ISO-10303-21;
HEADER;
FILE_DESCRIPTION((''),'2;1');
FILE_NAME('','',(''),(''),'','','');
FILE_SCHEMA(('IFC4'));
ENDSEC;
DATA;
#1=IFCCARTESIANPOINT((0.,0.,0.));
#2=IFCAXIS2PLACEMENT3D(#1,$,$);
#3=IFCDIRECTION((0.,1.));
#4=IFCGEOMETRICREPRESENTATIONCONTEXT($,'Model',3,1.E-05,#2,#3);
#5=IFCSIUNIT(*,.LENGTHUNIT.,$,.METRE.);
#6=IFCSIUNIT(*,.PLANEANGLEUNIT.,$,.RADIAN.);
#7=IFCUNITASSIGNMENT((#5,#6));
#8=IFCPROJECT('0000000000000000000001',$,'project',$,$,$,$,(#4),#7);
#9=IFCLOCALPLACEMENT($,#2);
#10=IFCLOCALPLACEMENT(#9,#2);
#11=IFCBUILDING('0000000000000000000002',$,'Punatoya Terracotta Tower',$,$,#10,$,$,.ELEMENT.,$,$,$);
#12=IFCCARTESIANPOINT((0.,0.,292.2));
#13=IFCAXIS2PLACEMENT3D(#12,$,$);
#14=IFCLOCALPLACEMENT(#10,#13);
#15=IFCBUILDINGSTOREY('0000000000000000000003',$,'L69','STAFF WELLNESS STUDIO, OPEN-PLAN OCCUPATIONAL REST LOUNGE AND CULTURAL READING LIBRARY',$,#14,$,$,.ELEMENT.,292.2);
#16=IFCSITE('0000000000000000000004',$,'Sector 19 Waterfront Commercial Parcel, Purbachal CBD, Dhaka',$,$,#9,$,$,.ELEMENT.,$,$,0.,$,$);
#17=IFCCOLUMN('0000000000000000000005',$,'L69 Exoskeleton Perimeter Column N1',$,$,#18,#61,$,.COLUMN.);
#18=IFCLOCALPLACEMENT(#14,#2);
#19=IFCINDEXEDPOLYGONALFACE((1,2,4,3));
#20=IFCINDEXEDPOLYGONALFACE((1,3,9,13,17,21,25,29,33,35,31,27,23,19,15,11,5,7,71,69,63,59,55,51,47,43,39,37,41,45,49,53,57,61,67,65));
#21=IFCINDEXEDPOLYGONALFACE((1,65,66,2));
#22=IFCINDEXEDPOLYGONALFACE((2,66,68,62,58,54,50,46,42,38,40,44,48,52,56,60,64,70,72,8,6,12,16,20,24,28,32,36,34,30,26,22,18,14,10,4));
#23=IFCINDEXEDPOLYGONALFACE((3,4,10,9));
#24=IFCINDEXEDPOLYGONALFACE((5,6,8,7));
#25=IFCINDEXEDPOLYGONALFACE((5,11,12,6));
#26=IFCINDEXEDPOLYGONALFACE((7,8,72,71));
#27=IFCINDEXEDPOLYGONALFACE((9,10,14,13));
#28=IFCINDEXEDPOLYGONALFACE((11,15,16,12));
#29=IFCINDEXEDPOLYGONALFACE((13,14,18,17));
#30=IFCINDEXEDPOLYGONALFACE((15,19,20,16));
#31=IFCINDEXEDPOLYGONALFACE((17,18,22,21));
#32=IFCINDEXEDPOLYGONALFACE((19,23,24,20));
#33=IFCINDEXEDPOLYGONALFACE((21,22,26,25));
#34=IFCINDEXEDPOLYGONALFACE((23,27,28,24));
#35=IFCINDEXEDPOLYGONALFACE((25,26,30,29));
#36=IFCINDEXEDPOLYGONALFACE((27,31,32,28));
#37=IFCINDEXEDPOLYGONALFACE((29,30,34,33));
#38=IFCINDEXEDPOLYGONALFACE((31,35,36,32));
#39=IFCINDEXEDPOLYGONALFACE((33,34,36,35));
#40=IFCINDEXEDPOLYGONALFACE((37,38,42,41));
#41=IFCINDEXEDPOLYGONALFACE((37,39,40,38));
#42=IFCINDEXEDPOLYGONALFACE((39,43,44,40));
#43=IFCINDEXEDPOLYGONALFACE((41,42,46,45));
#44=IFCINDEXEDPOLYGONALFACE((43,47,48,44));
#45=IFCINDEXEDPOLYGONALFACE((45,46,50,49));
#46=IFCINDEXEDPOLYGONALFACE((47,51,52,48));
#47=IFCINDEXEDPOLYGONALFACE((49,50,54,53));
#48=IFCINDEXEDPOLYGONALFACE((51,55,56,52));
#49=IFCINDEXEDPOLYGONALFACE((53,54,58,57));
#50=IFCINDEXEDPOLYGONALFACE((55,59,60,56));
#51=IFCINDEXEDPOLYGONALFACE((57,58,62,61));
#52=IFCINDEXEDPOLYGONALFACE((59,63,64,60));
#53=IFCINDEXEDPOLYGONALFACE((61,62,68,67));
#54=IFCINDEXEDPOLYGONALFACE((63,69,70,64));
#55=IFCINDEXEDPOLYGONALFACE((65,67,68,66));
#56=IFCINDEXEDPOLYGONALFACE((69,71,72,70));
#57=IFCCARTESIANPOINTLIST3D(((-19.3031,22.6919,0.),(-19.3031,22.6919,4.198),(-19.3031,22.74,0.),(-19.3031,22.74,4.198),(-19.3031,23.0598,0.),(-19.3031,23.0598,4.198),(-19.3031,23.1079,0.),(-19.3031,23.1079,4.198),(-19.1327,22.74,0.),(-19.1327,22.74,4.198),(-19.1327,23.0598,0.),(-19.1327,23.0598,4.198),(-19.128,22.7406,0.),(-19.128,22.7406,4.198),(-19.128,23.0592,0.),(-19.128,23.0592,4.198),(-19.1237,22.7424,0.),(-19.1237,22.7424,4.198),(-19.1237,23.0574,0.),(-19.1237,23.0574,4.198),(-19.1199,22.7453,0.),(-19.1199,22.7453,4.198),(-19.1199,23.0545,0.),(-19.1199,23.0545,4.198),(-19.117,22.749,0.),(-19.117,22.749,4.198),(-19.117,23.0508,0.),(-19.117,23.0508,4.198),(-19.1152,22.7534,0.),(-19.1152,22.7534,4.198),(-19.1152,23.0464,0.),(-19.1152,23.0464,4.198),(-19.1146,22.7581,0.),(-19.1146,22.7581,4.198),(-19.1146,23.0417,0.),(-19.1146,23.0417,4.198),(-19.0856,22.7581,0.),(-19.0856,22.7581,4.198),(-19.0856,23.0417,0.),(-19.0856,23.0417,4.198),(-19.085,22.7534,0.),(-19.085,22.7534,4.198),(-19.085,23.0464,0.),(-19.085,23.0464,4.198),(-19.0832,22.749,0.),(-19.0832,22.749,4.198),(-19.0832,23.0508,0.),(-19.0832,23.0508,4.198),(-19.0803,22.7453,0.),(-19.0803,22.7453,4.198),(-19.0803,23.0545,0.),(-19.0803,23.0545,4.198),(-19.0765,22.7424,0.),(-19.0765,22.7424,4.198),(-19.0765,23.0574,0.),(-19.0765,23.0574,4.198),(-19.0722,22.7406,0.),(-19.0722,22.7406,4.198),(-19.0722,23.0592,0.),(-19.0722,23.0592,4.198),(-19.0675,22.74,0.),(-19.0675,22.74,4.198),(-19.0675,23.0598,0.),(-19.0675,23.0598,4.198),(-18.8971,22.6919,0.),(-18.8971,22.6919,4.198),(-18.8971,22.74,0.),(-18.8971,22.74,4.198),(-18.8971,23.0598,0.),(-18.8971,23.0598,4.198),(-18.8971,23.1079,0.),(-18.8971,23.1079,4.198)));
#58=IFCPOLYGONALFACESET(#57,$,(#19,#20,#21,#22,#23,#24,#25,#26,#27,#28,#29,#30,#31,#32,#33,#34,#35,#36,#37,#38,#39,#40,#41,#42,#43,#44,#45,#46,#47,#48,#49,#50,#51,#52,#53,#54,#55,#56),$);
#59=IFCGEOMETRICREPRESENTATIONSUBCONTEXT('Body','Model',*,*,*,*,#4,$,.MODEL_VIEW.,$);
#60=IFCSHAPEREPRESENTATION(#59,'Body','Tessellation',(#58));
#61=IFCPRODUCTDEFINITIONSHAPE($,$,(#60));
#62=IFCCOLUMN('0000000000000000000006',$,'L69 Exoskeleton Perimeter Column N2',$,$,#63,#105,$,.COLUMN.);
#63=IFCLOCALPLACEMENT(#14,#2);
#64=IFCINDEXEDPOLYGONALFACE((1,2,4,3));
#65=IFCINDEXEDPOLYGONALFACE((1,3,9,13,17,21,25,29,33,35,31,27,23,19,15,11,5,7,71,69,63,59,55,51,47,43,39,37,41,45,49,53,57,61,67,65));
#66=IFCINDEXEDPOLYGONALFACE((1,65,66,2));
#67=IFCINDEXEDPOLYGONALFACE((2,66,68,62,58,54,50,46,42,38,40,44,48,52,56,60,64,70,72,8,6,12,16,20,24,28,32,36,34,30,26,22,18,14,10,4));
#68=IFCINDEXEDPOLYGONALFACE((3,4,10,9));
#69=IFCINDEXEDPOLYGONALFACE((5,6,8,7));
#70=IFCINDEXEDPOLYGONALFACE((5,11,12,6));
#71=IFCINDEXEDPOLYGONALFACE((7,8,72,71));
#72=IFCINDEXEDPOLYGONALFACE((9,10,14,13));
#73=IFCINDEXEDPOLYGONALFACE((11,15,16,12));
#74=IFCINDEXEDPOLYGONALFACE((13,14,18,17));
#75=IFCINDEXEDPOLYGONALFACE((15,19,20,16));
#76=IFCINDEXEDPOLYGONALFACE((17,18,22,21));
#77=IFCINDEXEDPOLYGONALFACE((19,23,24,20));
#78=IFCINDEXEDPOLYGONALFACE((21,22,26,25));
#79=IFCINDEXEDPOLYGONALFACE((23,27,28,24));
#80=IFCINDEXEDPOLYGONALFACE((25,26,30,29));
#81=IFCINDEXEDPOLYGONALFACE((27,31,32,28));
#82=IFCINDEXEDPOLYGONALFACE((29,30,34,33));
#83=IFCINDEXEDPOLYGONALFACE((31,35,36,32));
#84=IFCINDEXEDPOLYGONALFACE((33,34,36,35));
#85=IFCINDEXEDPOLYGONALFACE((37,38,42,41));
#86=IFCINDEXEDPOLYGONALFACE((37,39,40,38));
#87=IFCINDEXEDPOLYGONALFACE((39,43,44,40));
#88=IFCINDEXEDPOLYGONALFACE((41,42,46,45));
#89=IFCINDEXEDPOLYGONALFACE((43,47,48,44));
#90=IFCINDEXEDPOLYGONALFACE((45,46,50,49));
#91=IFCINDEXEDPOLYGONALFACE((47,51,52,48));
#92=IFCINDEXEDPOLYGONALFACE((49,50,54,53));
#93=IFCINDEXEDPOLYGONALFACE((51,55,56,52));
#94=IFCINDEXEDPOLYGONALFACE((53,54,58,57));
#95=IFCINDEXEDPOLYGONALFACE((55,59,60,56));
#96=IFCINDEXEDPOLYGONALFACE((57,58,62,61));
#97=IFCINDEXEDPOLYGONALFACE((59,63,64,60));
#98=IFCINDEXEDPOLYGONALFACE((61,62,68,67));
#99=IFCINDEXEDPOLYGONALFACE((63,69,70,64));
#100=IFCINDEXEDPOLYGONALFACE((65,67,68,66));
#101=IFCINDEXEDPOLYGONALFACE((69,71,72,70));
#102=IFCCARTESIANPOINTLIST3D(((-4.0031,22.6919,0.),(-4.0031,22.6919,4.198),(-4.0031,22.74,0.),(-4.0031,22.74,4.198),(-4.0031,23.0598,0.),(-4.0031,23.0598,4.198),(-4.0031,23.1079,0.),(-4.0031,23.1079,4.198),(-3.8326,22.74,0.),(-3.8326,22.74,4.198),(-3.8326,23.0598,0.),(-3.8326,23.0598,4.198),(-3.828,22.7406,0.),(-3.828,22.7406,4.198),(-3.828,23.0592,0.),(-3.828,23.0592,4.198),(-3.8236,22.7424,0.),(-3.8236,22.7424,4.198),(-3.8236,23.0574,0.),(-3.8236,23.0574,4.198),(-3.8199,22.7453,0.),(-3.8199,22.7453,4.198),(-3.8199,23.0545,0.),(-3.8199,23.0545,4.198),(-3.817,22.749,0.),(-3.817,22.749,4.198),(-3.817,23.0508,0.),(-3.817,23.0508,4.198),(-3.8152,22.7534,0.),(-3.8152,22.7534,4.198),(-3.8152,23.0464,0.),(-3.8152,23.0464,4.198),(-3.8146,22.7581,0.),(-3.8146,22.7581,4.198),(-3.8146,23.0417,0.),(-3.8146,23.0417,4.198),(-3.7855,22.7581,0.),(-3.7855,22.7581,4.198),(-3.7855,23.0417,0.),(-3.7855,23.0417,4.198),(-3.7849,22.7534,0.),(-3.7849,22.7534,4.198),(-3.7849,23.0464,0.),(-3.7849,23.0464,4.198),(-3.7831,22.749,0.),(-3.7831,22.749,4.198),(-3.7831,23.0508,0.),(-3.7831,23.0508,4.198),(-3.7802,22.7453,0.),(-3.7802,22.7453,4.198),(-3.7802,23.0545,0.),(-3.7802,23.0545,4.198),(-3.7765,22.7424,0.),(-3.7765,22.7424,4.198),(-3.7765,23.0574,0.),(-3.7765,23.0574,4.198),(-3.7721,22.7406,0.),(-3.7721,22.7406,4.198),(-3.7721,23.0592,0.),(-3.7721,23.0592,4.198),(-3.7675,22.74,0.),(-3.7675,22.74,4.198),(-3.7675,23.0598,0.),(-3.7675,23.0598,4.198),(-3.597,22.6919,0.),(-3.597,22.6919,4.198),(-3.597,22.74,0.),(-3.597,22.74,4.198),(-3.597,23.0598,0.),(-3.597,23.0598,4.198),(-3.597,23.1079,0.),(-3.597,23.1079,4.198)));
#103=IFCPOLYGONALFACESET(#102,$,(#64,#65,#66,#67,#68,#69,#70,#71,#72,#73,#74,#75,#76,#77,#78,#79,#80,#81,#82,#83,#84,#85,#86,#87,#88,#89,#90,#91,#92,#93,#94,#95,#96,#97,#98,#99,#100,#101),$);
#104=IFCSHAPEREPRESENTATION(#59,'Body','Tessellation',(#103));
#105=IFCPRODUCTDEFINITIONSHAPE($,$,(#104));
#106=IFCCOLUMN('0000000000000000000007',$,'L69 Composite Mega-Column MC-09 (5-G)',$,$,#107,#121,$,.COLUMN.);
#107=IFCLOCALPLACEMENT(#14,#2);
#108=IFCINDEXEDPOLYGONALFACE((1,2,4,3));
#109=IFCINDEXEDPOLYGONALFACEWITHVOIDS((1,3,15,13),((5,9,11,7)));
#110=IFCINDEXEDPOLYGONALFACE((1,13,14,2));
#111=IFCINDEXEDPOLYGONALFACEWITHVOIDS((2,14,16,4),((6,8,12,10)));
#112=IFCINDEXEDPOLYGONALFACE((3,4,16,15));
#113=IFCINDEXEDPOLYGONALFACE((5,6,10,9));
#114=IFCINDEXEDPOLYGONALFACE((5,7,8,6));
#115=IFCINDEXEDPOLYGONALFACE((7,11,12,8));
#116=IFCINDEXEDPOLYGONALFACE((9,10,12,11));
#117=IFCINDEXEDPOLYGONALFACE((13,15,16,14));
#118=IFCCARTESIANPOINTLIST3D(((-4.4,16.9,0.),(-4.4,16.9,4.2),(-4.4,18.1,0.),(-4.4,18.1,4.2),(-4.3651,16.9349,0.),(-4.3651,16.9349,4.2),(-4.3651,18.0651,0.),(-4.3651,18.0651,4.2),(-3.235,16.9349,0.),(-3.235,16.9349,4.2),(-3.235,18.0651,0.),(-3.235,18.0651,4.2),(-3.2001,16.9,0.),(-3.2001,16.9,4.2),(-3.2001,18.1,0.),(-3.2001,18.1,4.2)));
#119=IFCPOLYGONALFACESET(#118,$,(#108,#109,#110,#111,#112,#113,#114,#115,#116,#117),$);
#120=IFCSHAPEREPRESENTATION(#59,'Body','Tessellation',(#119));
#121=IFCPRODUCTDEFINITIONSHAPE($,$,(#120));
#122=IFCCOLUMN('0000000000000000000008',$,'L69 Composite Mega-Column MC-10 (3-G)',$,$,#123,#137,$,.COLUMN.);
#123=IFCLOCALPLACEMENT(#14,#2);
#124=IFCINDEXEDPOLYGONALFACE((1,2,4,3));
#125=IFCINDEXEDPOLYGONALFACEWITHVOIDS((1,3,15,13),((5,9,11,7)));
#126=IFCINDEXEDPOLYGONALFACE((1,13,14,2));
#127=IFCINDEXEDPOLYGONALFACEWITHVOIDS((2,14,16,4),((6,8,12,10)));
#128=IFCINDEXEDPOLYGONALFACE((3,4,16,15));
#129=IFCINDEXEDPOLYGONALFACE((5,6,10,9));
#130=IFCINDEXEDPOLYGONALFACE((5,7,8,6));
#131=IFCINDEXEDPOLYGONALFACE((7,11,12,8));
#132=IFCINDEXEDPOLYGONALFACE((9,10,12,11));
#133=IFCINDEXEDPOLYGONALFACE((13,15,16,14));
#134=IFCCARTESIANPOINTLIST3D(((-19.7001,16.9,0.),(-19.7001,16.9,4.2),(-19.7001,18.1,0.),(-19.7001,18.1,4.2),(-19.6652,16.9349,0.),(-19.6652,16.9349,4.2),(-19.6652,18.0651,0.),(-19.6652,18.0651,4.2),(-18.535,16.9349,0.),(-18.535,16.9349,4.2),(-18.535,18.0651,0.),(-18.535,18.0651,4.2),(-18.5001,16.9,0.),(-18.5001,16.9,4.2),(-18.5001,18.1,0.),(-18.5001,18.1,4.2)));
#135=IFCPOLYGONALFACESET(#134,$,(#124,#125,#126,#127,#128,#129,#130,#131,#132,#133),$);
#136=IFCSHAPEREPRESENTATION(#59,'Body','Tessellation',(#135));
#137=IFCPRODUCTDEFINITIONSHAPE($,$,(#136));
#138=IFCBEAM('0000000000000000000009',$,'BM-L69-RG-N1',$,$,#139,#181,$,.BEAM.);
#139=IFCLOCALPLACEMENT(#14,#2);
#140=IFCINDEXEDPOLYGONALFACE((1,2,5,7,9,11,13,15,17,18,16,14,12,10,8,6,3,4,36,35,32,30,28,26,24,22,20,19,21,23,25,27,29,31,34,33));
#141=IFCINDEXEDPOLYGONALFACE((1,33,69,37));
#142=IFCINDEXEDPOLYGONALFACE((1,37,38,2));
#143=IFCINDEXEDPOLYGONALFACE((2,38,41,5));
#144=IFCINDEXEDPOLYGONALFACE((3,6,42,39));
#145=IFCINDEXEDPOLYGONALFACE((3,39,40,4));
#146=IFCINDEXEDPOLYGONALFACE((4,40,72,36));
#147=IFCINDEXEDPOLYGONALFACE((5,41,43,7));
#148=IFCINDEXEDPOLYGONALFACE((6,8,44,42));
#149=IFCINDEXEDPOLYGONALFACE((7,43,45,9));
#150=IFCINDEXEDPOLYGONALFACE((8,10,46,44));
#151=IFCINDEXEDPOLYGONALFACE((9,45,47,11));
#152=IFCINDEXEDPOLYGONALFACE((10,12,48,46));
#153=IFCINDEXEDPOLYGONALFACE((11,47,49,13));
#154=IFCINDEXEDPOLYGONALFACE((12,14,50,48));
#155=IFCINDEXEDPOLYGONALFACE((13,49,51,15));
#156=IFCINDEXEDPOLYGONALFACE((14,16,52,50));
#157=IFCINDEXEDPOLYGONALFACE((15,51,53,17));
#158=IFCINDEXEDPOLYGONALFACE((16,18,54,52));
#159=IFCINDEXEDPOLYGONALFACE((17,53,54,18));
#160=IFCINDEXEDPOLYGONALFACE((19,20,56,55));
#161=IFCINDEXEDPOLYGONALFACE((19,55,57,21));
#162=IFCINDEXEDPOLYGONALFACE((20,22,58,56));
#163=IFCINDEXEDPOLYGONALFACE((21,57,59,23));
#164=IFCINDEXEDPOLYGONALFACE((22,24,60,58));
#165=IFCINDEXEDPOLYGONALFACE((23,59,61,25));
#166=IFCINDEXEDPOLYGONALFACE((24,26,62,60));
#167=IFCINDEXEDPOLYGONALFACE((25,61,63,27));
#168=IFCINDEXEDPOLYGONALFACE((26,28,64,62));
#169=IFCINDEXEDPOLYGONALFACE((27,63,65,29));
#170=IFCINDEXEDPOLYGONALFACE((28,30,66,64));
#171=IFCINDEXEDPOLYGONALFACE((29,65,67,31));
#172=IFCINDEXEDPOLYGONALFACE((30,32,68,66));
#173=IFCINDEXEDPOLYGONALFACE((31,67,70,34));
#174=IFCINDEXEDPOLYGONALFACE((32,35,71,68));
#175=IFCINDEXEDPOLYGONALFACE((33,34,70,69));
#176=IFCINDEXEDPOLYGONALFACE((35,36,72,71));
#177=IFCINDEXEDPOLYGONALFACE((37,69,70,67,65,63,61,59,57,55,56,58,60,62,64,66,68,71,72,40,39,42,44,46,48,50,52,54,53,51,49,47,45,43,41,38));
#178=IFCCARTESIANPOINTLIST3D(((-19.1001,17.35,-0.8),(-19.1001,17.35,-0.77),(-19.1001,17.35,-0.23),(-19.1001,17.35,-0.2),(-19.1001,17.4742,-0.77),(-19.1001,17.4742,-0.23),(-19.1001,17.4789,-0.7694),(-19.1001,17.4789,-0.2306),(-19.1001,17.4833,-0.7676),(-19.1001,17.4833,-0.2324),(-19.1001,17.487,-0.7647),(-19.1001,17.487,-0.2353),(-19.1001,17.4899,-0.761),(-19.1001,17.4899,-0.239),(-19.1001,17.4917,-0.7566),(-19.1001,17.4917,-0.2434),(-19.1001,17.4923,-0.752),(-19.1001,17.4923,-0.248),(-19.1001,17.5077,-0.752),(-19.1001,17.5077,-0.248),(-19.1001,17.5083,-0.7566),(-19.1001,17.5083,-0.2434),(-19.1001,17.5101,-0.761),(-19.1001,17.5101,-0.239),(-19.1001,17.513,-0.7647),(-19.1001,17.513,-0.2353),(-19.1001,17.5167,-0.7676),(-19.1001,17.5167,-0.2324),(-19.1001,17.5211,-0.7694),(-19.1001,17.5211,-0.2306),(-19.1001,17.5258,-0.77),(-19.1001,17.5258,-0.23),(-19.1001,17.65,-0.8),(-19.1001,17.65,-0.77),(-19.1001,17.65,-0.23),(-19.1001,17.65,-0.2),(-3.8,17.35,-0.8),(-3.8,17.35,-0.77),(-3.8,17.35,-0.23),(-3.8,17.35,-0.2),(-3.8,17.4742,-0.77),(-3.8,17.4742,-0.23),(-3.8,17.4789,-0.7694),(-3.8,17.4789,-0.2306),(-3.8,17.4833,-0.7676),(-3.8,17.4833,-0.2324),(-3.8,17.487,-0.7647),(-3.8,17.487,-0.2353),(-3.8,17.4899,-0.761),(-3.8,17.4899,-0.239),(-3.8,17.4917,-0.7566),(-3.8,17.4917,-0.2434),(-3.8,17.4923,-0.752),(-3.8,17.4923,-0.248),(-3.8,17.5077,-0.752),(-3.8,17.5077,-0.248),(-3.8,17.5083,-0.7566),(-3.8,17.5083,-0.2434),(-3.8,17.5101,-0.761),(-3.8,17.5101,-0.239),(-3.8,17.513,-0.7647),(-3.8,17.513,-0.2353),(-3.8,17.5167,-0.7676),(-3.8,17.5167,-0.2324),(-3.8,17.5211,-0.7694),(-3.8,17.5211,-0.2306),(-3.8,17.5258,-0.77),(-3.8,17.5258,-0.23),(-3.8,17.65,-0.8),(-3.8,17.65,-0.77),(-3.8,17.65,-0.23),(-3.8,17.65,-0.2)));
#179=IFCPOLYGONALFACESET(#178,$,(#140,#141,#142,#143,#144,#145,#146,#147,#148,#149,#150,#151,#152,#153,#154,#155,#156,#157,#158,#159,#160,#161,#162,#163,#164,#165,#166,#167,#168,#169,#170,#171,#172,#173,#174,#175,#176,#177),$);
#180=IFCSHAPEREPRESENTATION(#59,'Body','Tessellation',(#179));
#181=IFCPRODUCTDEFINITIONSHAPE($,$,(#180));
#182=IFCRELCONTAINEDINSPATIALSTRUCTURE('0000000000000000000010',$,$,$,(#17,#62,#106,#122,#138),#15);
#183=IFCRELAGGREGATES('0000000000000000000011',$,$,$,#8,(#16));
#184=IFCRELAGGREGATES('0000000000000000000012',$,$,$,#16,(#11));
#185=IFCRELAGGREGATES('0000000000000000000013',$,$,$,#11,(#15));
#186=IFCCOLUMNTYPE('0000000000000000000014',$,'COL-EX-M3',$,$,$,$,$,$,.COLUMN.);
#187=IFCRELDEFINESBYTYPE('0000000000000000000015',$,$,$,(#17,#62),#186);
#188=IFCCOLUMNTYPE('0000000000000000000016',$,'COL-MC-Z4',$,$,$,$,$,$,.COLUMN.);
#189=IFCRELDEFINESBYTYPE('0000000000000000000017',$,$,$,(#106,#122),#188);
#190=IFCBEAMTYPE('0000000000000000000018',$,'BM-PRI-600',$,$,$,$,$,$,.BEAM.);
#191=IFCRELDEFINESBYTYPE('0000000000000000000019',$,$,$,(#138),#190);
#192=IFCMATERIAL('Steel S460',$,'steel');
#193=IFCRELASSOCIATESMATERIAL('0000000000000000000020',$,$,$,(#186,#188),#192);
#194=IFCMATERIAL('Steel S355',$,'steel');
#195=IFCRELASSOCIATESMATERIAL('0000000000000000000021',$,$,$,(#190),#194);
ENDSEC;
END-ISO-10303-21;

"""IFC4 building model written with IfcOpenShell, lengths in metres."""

from ifc_helpers import new_model, si_unit, direction, frame, origin, origin_2d, place, context, subcontext, project, spatial, hollow_rectangle, i_section, extrude, material, material_profile, profile_set, type_object, element, save


model = new_model("IFC4")

# Units and contexts
model_context = context("Model", 3, precision=1e-05, world=origin(), true_north=direction((0.0, 1.0)))
body_context = subcontext(model_context, "Body", "Model", "MODEL_VIEW")
ifc_project = project(units=[si_unit("LENGTHUNIT", "METRE"), si_unit("PLANEANGLEUNIT", "RADIAN")], contexts=[model_context])

# Site, building, storey
site_placement = place(None, origin())
site = spatial("IfcSite", under=ifc_project, at=site_placement, Name="Sector 19 Waterfront Commercial Parcel, Purbachal CBD, Dhaka", CompositionType="ELEMENT", RefElevation=0.0)
building_placement = place(site_placement, origin())
building = spatial("IfcBuilding", under=site, at=building_placement, Name="Punatoya Terracotta Tower", CompositionType="ELEMENT")
storey_placement = place(building_placement, frame((0.0, 0.0, 292.2)))
storey = spatial("IfcBuildingStorey", under=building, at=storey_placement, Name="L69", Description="STAFF WELLNESS STUDIO, OPEN-PLAN OCCUPATIONAL REST LOUNGE AND CULTURAL READING LIBRARY", CompositionType="ELEMENT", Elevation=292.2)

# Columns
ifc_material_1 = material(Name="Steel S460", Category="steel")
ifc_material_profile_1 = material_profile(ifc_material_1, i_section(OverallWidth=0.406, OverallDepth=0.416, WebThickness=0.0291, FlangeThickness=0.0481, FilletRadius=0.0181, at=origin_2d()))
ifc_profile_set_1 = profile_set([ifc_material_profile_1], Name="Steel S460")
column_type_1 = type_object("IfcColumnType", Name="COL-EX-M3", PredefinedType="COLUMN", material=ifc_profile_set_1)
for number, where, z_axis, x_axis, name in (
    (1, (-19.1001, 22.8999, 0.0), (0.0, 0.0, 1.0), (1.0, 0.0, 0.0), "L69 Exoskeleton Perimeter Column N1"),
    (2, (-3.8, 22.8999, 0.0), (0.0, 0.0, 1.0), (1.0, 0.0, 0.0), "L69 Exoskeleton Perimeter Column N2"),
):
    element("IfcColumn", number, at=place(storey_placement, frame(where, z_axis=z_axis, x_axis=x_axis)), inside=storey, type_object=column_type_1, Name=name, PredefinedType="COLUMN", context=body_context, shape_type="SweptSolid", body=[
        extrude(i_section(OverallWidth=0.406, OverallDepth=0.416, WebThickness=0.0291, FlangeThickness=0.0481, FilletRadius=0.0181, at=origin_2d()), origin(), (0.0, 0.0, 1.0), 4.198),
    ])
ifc_material_profile_2 = material_profile(ifc_material_1, hollow_rectangle(XDim=1.2, YDim=1.2, WallThickness=0.0349, at=origin_2d()))
ifc_profile_set_2 = profile_set([ifc_material_profile_2], Name="Steel S460")
column_type_2 = type_object("IfcColumnType", Name="COL-MC-Z4", PredefinedType="COLUMN", material=ifc_profile_set_2)
for number, where, z_axis, x_axis, name in (
    (3, (-3.8, 17.5, 0.0), (0.0, 0.0, 1.0), (1.0, 0.0, 0.0), "L69 Composite Mega-Column MC-09 (5-G)"),
    (4, (-19.1001, 17.5, 0.0), (0.0, 0.0, 1.0), (1.0, 0.0, 0.0), "L69 Composite Mega-Column MC-10 (3-G)"),
):
    element("IfcColumn", number, at=place(storey_placement, frame(where, z_axis=z_axis, x_axis=x_axis)), inside=storey, type_object=column_type_2, Name=name, PredefinedType="COLUMN", context=body_context, shape_type="SweptSolid", body=[
        extrude(hollow_rectangle(XDim=1.2, YDim=1.2, WallThickness=0.0349, at=origin_2d()), origin(), (0.0, 0.0, 1.0), 4.2),
    ])

# Beam
ifc_material_2 = material(Name="Steel S355", Category="steel")
ifc_material_profile_3 = material_profile(ifc_material_2, i_section(OverallWidth=0.3, OverallDepth=0.6001, WebThickness=0.0154, FlangeThickness=0.03, FilletRadius=0.0181, at=origin_2d()))
ifc_profile_set_3 = profile_set([ifc_material_profile_3], Name="Steel S355")
beam_type_1 = type_object("IfcBeamType", Name="BM-PRI-600", PredefinedType="BEAM", material=ifc_profile_set_3)
beam_1_placement = place(storey_placement, frame((-19.1001, 17.5, -0.5), z_axis=(1.0, 0.0, 0.0), x_axis=(0.0, 1.0, 0.0)))
element("IfcBeam", 5, at=beam_1_placement, inside=storey, type_object=beam_type_1, Name="BM-L69-RG-N1", PredefinedType="BEAM", context=body_context, shape_type="SweptSolid", body=[
    extrude(i_section(OverallWidth=0.3, OverallDepth=0.6001, WebThickness=0.0154, FlangeThickness=0.03, FilletRadius=0.0181, at=origin_2d()), origin(), (0.0, 0.0, 1.0), 15.3),
])

save(model, "model.ifc")
